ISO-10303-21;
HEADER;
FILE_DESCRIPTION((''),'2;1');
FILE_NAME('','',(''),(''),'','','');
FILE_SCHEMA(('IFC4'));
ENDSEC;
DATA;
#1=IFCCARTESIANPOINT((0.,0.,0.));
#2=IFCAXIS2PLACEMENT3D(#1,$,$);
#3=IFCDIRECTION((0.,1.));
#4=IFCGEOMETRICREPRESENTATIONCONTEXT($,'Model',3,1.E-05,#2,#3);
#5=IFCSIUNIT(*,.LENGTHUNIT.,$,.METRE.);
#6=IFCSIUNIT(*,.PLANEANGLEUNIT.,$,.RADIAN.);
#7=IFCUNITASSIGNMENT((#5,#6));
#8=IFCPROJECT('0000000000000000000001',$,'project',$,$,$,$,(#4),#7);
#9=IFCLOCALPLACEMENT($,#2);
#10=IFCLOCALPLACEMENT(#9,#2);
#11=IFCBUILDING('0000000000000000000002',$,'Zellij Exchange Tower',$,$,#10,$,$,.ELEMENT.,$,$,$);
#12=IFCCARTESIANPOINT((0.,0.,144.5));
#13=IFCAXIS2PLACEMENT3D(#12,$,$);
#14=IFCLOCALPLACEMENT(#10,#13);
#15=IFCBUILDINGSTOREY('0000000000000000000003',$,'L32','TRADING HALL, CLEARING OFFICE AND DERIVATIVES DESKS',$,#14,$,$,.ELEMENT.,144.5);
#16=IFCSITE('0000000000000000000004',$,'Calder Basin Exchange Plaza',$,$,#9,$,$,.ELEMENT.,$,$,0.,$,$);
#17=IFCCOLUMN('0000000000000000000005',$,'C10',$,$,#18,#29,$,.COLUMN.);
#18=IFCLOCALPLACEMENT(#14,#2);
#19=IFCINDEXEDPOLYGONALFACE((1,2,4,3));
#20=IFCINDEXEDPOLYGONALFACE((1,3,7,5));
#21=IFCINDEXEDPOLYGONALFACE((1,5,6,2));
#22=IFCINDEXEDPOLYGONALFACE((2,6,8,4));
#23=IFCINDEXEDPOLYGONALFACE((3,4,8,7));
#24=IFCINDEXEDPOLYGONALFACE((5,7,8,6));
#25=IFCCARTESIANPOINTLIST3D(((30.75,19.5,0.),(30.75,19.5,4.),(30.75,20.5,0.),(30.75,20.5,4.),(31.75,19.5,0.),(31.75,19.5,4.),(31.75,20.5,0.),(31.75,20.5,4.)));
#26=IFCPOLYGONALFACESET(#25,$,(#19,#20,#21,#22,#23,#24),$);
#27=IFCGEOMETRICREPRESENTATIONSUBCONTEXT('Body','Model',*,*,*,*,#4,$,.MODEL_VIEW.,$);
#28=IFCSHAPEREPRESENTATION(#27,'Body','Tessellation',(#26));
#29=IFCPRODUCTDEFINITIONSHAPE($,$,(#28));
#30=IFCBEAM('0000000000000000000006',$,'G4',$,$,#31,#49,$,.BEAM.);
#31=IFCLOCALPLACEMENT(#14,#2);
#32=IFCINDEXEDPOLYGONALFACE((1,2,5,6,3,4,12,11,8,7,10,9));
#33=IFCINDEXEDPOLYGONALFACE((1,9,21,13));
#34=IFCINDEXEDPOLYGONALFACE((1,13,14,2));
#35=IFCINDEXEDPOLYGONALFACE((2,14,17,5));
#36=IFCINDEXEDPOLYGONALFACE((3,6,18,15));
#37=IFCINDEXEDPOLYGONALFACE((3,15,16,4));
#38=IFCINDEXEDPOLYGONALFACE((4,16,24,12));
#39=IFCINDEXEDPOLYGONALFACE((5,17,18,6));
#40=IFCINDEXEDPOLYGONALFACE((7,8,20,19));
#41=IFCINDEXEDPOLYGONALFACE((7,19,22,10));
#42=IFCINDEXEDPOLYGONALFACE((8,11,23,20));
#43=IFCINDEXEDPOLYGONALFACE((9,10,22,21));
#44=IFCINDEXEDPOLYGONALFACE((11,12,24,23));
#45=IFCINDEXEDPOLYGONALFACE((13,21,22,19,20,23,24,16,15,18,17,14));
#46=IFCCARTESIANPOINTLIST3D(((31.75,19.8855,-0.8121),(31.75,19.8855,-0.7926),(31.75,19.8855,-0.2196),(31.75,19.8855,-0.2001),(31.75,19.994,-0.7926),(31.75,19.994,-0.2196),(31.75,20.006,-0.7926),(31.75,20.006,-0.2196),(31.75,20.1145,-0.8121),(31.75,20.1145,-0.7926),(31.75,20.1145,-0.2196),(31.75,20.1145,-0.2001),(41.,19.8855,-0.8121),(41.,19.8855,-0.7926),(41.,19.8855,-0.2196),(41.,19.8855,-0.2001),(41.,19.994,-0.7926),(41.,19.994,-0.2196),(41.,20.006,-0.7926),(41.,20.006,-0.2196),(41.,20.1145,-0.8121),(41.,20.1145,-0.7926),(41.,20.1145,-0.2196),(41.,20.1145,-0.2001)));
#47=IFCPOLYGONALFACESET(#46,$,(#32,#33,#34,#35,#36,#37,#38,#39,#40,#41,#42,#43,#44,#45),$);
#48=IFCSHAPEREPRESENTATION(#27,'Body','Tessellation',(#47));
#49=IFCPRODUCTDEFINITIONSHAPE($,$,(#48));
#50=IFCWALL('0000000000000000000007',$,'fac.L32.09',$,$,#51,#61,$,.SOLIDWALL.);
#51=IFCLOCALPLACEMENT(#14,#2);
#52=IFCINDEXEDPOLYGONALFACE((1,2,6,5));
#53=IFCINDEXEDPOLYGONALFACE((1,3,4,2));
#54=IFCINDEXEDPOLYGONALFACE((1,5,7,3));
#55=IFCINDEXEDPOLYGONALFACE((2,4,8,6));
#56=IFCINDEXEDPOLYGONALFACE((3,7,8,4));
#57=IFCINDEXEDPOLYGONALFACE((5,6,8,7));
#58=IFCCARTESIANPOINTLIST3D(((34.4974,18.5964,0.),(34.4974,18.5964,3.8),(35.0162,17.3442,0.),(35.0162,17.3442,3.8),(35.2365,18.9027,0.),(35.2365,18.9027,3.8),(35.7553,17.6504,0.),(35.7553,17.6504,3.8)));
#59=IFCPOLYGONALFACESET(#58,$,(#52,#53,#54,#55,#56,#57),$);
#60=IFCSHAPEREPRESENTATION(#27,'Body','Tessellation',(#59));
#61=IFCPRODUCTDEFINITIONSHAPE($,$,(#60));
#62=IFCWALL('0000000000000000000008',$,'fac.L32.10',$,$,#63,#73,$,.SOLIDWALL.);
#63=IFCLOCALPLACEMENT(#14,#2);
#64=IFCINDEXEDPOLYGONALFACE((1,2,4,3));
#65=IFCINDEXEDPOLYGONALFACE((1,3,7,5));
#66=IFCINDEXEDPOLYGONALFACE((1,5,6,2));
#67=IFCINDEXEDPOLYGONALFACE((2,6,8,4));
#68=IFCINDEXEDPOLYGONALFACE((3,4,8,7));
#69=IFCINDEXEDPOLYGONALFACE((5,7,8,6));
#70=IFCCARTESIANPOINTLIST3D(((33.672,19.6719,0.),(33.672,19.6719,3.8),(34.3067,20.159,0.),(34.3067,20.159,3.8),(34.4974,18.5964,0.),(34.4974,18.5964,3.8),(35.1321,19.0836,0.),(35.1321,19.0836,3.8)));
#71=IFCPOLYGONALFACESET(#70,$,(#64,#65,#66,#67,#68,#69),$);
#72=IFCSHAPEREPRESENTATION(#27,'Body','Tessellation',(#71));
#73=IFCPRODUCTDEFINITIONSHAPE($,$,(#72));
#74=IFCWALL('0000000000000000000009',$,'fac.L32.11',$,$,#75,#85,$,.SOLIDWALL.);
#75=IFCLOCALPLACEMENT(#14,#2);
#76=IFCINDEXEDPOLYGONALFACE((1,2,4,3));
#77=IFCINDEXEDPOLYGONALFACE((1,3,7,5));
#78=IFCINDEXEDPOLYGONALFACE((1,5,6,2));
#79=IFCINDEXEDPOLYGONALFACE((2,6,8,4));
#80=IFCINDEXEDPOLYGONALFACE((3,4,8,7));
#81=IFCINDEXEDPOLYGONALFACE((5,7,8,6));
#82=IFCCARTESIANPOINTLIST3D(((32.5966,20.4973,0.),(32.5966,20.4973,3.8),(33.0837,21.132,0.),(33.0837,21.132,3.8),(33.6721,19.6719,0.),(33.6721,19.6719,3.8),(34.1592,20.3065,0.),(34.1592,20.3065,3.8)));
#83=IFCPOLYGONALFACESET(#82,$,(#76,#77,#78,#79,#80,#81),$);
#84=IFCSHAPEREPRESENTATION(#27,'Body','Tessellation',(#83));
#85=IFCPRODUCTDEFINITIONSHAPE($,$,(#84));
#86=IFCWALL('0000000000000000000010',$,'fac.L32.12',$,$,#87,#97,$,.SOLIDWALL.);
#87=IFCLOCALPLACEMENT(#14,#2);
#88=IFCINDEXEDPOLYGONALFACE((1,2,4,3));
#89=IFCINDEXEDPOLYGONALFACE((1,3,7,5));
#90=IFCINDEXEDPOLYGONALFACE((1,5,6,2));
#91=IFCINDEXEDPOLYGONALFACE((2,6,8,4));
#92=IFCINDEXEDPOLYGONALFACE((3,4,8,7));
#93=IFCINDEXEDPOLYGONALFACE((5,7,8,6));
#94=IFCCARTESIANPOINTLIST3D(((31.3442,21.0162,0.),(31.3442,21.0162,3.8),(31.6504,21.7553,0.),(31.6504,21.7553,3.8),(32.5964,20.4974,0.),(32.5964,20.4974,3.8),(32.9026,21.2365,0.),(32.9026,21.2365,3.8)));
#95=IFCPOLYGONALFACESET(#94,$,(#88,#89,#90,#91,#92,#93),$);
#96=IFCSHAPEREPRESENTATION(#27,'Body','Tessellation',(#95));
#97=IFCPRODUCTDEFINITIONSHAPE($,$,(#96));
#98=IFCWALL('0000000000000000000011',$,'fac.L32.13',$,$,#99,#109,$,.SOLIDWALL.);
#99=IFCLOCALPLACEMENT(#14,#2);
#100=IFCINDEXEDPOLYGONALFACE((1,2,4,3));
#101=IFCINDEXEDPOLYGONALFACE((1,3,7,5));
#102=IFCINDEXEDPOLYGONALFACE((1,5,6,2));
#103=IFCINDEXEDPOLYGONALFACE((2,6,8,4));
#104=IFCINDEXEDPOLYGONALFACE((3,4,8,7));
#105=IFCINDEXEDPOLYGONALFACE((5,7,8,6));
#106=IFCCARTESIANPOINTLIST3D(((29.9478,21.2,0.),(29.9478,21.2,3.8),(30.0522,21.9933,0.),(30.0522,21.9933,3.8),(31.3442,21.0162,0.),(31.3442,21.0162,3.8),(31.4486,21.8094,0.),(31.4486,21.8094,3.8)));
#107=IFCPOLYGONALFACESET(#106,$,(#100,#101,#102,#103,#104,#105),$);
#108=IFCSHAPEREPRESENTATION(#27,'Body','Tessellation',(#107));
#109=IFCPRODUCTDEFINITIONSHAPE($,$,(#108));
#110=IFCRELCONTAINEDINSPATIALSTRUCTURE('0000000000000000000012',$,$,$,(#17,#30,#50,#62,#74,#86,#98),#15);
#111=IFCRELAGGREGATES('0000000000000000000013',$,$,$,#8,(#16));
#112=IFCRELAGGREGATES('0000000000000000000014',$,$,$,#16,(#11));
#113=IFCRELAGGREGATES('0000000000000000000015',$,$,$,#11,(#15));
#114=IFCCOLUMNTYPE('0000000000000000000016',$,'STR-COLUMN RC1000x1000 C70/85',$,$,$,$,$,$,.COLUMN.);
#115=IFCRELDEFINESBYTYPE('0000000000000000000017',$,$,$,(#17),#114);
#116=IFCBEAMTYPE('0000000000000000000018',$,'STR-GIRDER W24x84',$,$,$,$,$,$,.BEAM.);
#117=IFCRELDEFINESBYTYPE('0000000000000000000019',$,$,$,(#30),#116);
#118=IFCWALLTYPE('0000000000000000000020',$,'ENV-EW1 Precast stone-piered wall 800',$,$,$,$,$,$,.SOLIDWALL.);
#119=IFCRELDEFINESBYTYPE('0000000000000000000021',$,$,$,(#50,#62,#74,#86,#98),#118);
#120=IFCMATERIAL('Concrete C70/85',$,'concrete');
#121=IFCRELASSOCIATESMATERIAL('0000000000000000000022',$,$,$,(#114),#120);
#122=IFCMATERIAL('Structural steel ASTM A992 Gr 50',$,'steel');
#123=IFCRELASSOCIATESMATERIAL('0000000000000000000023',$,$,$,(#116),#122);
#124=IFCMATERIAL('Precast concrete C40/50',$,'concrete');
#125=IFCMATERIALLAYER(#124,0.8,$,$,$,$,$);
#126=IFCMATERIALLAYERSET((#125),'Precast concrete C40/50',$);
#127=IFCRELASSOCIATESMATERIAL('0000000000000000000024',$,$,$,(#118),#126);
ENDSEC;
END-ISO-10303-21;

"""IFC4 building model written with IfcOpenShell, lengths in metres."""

from ifc_helpers import new_model, si_unit, direction, frame, frame_2d, origin, origin_2d, place, context, subcontext, project, spatial, rectangle, i_section, extrude, material, layer, layer_set, material_profile, profile_set, type_object, element, save


model = new_model("IFC4")

# Units and contexts
model_context = context("Model", 3, precision=1e-05, world=origin(), true_north=direction((0.0, 1.0)))
body_context = subcontext(model_context, "Body", "Model", "MODEL_VIEW")
ifc_project = project(units=[si_unit("LENGTHUNIT", "METRE"), si_unit("PLANEANGLEUNIT", "RADIAN")], contexts=[model_context])

# Site, building, storey
site_placement = place(None, origin())
site = spatial("IfcSite", under=ifc_project, at=site_placement, Name="Calder Basin Exchange Plaza", CompositionType="ELEMENT", RefElevation=0.0)
building_placement = place(site_placement, origin())
building = spatial("IfcBuilding", under=site, at=building_placement, Name="Zellij Exchange Tower", CompositionType="ELEMENT")
storey_placement = place(building_placement, frame((0.0, 0.0, 144.5)))
storey = spatial("IfcBuildingStorey", under=building, at=storey_placement, Name="L32", Description="TRADING HALL, CLEARING OFFICE AND DERIVATIVES DESKS", CompositionType="ELEMENT", Elevation=144.5)

# Column
ifc_material_1 = material(Name="Concrete C70/85", Category="concrete")
ifc_material_profile_1 = material_profile(ifc_material_1, rectangle(XDim=1.0, YDim=1.0, at=origin_2d()), Name="STR-COLUMN RC1000x1000 C70/85")
ifc_profile_set_1 = profile_set([ifc_material_profile_1], Name="Concrete C70/85")
column_type = type_object("IfcColumnType", Name="STR-COLUMN RC1000x1000 C70/85", PredefinedType="COLUMN", material=ifc_profile_set_1)
column_placement = place(storey_placement, frame((31.25, 20.0, 0.0), z_axis=(0.0, 0.0, 1.0), x_axis=(1.0, 0.0, 0.0)))
element("IfcColumn", 1, at=column_placement, inside=storey, type_object=column_type, Name="C10", PredefinedType="COLUMN", context=body_context, shape_type="SweptSolid", body=[
    extrude(rectangle(XDim=1.0, YDim=1.0, at=origin_2d()), origin(), (0.0, 0.0, 1.0), 4.0),
])

# Beam
ifc_material_2 = material(Name="Structural steel ASTM A992 Gr 50", Category="steel")
ifc_material_profile_2 = material_profile(ifc_material_2, i_section(OverallWidth=0.229, OverallDepth=0.6121, WebThickness=0.012, FlangeThickness=0.0195, at=origin_2d()), Name="W24x84")
ifc_profile_set_2 = profile_set([ifc_material_profile_2], Name="Structural steel ASTM A992 Gr 50")
beam_type = type_object("IfcBeamType", Name="STR-GIRDER W24x84", PredefinedType="BEAM", material=ifc_profile_set_2)
beam_placement = place(storey_placement, frame((31.75, 20.0, -0.5061), z_axis=(1.0, 0.0, 0.0), x_axis=(0.0, 1.0, 0.0)))
element("IfcBeam", 2, at=beam_placement, inside=storey, type_object=beam_type, Name="G4", PredefinedType="BEAM", context=body_context, shape_type="SweptSolid", body=[
    extrude(i_section(OverallWidth=0.229, OverallDepth=0.6121, WebThickness=0.012, FlangeThickness=0.0195, at=origin_2d()), origin(), (0.0, 0.0, 1.0), 9.25),
])

# Walls
ifc_material_3 = material(Name="Precast concrete C40/50", Category="concrete")
ifc_layer = layer(ifc_material_3, 0.8)
ifc_layer_set = layer_set([ifc_layer], Name="Precast concrete C40/50")
wall_type = type_object("IfcWallType", Name="ENV-EW1 Precast stone-piered wall 800", PredefinedType="SOLIDWALL", material=ifc_layer_set)
wall_1_placement = place(storey_placement, frame((35.3857, 17.4973, 0.0), z_axis=(0.0, 0.0, 1.0), x_axis=(-0.38276, 0.923848, 0.0)))
element("IfcWall", 3, at=wall_1_placement, inside=storey, type_object=wall_type, Name="fac.L32.09", PredefinedType="SOLIDWALL", context=body_context, shape_type="SweptSolid", body=[
    extrude(rectangle(XDim=1.3555, YDim=0.8, at=frame_2d((0.6777, 0.0))), origin(), (0.0, 0.0, 1.0), 3.8),
])
for number, where, z_axis, x_axis, name in (
    (4, (34.8147, 18.8401, 0.0), (0.0, 0.0, 1.0), (-0.608866, 0.793273, 0.0), "fac.L32.10"),
    (5, (33.9155, 19.9893, 0.0), (0.0, 0.0, 1.0), (-0.793273, 0.608866, 0.0), "fac.L32.11"),
):
    element("IfcWall", number, at=place(storey_placement, frame(where, z_axis=z_axis, x_axis=x_axis)), inside=storey, type_object=wall_type, Name=name, PredefinedType="SOLIDWALL", context=body_context, shape_type="SweptSolid", body=[
        extrude(rectangle(XDim=1.3557, YDim=0.8, at=frame_2d((0.6777, 0.0))), origin(), (0.0, 0.0, 1.0), 3.8),
    ])
wall_2_placement = place(storey_placement, frame((32.7495, 20.8669, 0.0), z_axis=(0.0, 0.0, 1.0), x_axis=(-0.923848, 0.38276, 0.0)))
element("IfcWall", 6, at=wall_2_placement, inside=storey, type_object=wall_type, Name="fac.L32.12", PredefinedType="SOLIDWALL", context=body_context, shape_type="SweptSolid", body=[
    extrude(rectangle(XDim=1.3555, YDim=0.8, at=frame_2d((0.6777, 0.0))), origin(), (0.0, 0.0, 1.0), 3.8),
])
wall_3_placement = place(storey_placement, frame((31.3962, 21.4128, 0.0), z_axis=(0.0, 0.0, 1.0), x_axis=(-0.991446, 0.130517, 0.0)))
element("IfcWall", 7, at=wall_3_placement, inside=storey, type_object=wall_type, Name="fac.L32.13", PredefinedType="SOLIDWALL", context=body_context, shape_type="SweptSolid", body=[
    extrude(rectangle(XDim=1.4084, YDim=0.8, at=frame_2d((0.7041, 0.0))), origin(), (0.0, 0.0, 1.0), 3.8),
])

save(model, "model.ifc")
